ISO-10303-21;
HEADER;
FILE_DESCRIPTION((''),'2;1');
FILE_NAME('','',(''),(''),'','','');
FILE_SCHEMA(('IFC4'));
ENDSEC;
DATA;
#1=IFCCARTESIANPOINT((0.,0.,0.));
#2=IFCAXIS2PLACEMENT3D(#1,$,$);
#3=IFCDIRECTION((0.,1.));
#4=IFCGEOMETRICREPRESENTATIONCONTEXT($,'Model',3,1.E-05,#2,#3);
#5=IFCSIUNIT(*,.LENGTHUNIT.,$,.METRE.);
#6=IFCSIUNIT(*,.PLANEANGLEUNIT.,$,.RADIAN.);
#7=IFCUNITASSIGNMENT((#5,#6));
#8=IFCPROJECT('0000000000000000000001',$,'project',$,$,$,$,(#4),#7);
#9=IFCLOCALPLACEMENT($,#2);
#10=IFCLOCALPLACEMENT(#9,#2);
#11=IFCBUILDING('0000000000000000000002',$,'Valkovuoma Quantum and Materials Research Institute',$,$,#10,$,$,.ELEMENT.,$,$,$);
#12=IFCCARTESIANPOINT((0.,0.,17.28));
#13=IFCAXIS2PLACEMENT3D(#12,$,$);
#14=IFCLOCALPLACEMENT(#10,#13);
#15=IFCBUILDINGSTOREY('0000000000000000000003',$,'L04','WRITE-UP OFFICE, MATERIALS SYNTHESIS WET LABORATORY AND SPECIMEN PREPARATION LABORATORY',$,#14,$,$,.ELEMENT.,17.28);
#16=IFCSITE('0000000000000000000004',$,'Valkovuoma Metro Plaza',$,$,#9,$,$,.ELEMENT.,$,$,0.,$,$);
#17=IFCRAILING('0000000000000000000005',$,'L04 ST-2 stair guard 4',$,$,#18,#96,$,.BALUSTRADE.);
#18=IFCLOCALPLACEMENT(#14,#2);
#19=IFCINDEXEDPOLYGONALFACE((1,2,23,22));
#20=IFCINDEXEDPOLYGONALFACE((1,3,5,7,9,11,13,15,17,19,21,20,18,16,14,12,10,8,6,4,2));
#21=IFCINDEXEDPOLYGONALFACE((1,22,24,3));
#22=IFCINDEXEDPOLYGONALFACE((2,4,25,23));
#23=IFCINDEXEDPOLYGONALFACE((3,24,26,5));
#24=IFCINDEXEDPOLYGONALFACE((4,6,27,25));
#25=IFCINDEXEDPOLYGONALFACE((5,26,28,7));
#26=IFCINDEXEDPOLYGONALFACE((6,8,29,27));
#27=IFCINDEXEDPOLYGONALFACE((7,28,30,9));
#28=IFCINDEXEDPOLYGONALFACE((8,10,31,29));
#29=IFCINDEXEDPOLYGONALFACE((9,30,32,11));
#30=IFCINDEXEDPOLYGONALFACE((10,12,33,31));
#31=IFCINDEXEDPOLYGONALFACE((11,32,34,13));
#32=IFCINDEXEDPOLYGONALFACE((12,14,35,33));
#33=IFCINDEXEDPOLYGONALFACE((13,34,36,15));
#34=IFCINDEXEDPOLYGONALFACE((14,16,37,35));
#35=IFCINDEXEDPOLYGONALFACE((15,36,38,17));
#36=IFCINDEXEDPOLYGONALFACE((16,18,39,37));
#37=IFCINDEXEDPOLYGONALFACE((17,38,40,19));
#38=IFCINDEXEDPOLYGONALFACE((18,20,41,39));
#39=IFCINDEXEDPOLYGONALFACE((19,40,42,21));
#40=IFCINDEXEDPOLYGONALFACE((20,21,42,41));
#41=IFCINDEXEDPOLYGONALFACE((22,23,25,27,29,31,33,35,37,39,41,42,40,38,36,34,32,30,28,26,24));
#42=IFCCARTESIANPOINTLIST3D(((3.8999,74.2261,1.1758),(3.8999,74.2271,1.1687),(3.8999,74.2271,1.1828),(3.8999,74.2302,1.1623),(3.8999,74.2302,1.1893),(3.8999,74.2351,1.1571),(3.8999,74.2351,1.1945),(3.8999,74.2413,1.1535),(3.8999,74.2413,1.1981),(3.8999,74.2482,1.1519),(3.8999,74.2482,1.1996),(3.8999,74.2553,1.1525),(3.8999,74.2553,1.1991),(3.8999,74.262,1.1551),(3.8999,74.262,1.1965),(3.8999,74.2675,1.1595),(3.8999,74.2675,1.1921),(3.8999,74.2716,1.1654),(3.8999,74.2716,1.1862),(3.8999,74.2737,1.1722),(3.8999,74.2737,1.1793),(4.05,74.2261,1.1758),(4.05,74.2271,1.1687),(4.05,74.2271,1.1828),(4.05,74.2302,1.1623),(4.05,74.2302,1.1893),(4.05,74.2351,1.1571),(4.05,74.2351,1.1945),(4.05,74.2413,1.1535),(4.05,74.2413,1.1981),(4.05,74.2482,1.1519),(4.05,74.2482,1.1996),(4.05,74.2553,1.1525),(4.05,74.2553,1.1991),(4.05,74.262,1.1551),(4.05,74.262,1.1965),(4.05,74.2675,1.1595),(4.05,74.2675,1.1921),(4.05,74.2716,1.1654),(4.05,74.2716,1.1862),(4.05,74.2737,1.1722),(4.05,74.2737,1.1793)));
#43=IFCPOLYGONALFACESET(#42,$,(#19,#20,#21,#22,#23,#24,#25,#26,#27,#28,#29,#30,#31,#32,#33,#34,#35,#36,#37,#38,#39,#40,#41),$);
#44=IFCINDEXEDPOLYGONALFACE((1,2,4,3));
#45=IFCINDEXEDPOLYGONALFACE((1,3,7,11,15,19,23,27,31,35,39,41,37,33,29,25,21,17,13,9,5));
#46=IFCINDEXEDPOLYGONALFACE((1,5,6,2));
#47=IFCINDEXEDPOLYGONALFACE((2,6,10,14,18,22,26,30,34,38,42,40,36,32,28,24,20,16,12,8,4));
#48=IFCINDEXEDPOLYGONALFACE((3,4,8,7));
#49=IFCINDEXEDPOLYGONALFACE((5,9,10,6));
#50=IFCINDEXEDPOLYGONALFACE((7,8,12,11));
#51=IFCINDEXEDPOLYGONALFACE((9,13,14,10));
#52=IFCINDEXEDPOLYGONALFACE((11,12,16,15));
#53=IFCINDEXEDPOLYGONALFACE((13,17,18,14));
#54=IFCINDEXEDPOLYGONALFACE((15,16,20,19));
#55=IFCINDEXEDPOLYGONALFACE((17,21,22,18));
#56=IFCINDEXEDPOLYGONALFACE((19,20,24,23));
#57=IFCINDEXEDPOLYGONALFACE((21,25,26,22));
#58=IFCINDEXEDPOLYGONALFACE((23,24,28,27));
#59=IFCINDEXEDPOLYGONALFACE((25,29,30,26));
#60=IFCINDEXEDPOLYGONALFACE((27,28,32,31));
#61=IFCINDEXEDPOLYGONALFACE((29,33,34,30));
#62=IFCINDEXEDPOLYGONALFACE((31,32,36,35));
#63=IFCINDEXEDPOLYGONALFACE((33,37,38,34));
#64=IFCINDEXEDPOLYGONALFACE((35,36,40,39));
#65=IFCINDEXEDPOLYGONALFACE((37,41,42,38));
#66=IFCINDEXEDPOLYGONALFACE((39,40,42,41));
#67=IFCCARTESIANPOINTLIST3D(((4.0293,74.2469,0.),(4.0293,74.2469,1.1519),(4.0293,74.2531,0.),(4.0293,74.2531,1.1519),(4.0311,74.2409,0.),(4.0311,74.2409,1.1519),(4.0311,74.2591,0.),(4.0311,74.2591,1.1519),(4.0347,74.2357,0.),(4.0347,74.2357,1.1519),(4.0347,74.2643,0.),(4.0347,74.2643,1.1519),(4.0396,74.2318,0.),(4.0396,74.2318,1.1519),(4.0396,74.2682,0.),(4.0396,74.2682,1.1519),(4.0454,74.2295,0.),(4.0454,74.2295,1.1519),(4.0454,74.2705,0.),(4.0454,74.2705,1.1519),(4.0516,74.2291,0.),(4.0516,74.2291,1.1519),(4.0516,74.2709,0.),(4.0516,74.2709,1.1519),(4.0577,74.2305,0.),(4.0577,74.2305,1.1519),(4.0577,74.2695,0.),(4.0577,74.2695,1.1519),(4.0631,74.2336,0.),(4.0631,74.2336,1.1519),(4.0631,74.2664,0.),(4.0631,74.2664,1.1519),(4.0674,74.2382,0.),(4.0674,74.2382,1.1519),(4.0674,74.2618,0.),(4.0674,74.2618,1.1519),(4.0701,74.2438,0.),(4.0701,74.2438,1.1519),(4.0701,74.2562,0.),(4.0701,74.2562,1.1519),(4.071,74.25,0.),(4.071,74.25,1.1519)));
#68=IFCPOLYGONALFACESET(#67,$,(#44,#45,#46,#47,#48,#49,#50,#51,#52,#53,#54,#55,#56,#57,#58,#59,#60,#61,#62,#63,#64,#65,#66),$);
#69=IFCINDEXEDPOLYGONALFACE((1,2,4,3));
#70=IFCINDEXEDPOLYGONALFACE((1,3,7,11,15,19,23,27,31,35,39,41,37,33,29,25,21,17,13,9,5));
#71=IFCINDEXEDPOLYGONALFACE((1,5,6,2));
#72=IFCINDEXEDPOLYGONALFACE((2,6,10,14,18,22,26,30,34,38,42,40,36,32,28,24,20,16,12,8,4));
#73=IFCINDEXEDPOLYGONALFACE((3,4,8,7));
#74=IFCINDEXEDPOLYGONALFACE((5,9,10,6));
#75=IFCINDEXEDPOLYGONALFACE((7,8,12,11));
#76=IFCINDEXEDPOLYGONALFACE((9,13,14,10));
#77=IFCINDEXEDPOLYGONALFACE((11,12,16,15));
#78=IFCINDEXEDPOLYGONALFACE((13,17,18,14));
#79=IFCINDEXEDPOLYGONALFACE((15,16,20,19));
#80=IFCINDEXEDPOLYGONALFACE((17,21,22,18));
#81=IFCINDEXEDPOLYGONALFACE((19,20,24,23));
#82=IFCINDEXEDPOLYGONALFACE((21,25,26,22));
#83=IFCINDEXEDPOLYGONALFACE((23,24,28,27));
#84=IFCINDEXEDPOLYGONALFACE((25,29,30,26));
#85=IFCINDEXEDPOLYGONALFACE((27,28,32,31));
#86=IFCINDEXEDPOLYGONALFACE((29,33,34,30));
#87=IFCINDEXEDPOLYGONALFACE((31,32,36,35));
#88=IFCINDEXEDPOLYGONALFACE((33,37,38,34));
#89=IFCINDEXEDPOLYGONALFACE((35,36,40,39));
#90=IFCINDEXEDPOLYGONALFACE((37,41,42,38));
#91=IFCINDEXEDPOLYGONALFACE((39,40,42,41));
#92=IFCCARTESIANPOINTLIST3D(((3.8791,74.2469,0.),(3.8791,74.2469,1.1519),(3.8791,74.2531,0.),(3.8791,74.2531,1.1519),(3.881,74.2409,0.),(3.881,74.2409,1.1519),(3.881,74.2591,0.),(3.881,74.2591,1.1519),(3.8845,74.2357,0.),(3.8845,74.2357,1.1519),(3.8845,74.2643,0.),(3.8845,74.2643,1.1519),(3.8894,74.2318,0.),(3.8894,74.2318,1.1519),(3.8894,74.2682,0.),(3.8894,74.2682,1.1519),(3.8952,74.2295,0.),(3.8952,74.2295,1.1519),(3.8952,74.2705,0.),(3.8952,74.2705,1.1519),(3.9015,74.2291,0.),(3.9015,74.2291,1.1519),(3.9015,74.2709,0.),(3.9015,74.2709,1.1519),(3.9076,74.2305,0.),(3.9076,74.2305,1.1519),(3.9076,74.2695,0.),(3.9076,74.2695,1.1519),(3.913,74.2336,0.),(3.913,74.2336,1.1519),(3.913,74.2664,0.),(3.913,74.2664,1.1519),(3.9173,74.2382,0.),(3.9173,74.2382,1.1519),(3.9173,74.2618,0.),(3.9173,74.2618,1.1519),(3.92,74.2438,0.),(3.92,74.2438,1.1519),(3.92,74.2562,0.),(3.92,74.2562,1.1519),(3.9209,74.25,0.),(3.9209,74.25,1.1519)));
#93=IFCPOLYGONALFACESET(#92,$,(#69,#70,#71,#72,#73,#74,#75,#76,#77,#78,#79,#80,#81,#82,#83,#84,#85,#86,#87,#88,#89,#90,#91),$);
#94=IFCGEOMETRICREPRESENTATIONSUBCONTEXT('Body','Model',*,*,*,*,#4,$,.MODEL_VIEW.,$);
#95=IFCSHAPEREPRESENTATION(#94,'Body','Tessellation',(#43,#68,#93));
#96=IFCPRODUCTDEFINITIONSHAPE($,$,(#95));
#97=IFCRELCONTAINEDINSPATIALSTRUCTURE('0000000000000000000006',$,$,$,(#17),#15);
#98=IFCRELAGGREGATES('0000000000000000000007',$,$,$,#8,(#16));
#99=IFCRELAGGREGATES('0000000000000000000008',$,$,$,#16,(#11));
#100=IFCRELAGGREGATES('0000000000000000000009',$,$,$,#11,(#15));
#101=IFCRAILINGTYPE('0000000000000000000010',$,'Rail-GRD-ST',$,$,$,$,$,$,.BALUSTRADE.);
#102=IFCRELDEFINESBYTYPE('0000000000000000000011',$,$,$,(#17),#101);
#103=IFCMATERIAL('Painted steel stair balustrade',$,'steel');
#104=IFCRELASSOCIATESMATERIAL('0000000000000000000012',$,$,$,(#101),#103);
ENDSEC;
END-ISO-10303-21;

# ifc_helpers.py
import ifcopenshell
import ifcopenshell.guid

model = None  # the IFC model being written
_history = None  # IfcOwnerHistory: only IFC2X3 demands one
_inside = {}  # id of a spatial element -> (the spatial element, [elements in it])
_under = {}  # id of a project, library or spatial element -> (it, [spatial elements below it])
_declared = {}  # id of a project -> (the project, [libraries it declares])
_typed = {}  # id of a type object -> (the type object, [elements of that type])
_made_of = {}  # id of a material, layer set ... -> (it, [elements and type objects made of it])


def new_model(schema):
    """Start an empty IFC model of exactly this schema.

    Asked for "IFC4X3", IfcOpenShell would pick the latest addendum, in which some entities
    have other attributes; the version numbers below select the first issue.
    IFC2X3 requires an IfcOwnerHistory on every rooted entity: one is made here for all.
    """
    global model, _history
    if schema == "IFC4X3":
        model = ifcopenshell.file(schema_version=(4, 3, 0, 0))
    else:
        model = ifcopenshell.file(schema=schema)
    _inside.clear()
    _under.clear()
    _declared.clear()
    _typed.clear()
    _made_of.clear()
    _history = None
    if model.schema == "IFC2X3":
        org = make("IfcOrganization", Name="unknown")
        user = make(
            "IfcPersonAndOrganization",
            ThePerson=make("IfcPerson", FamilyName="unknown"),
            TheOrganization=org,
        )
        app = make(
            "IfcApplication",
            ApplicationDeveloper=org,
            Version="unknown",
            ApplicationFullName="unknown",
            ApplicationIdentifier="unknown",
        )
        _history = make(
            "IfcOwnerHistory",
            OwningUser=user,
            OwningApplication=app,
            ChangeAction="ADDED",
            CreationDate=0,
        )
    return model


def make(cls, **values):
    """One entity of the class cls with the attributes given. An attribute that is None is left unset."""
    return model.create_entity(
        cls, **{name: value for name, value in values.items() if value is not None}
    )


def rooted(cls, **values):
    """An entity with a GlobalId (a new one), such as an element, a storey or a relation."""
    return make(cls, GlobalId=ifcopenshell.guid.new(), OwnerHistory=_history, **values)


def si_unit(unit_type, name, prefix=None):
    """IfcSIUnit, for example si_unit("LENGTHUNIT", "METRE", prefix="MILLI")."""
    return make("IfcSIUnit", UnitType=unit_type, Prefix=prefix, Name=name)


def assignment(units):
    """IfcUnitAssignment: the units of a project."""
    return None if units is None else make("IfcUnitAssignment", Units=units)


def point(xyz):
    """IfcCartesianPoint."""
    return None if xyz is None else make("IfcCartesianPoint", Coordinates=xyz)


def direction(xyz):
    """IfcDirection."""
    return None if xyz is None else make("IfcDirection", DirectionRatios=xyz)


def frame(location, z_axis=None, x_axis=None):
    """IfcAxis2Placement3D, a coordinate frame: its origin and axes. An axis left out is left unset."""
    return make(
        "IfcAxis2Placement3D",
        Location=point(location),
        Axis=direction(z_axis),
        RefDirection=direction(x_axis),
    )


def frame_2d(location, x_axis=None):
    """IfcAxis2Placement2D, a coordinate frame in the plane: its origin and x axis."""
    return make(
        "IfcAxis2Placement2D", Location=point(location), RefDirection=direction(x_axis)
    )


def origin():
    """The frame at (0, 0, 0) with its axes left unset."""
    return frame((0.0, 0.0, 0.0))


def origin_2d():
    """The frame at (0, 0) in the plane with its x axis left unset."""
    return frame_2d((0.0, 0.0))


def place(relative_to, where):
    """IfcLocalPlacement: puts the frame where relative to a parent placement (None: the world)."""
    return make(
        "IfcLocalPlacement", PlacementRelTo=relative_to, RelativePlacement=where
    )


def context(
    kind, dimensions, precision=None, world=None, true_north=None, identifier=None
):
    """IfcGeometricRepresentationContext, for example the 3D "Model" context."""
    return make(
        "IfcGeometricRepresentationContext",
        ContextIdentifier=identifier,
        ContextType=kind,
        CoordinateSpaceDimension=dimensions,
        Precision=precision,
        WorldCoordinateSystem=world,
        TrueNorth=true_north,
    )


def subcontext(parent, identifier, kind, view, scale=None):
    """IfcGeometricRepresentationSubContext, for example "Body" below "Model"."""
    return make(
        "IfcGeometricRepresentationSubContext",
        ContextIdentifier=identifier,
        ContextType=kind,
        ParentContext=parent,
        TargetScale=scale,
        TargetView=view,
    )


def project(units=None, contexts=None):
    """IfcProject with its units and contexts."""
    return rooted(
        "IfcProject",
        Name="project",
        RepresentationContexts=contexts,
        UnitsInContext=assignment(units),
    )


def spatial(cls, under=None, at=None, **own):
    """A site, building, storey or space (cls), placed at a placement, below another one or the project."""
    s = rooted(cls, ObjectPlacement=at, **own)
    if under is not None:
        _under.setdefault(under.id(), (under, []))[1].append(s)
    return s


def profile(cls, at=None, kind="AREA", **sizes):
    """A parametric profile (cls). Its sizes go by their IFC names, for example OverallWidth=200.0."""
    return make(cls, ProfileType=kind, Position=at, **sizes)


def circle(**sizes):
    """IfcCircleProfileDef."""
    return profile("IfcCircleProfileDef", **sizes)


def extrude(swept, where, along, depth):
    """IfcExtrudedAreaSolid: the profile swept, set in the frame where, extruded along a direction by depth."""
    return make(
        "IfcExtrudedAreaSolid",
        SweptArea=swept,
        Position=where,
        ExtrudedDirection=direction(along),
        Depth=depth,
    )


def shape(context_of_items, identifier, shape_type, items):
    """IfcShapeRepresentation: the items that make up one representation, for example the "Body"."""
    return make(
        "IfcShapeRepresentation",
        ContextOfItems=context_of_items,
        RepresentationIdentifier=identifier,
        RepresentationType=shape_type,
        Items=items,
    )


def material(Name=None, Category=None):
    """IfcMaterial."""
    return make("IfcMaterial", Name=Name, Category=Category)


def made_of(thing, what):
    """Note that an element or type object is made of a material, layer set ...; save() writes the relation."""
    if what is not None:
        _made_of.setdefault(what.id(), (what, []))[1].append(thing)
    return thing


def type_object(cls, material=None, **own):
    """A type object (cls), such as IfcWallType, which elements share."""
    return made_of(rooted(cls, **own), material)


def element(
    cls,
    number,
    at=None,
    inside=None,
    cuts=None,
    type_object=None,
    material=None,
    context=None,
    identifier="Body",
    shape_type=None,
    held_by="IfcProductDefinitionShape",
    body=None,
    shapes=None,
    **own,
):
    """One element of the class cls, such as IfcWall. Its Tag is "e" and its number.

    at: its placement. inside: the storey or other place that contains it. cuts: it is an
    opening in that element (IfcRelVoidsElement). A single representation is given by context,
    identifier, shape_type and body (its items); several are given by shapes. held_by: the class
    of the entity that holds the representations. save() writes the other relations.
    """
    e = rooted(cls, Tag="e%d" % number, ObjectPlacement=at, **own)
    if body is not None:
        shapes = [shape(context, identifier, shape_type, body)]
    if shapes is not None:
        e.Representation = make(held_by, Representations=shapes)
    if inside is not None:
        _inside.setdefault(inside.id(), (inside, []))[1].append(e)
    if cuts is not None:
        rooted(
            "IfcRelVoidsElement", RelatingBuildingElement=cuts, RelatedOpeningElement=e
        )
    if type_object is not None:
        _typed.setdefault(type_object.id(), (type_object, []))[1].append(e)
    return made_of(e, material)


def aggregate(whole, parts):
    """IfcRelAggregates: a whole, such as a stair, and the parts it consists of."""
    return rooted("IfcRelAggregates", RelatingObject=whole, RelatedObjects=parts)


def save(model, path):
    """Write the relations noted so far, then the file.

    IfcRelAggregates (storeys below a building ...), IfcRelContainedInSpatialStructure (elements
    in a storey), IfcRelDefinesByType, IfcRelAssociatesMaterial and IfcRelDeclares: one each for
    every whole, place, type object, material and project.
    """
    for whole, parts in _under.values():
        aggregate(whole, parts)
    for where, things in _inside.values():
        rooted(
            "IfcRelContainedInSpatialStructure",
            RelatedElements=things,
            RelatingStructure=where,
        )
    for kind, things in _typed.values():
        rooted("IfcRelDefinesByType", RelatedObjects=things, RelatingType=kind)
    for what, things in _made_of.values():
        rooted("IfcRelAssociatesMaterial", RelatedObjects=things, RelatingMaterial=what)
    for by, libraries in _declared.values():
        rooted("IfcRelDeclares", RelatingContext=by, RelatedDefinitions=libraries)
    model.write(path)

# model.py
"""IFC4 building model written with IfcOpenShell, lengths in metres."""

from ifc_helpers import new_model, si_unit, direction, frame, origin, origin_2d, place, context, subcontext, project, spatial, circle, extrude, material, type_object, element, save


model = new_model("IFC4")

# Units and contexts
model_context = context("Model", 3, precision=1e-05, world=origin(), true_north=direction((0.0, 1.0)))
body_context = subcontext(model_context, "Body", "Model", "MODEL_VIEW")
ifc_project = project(units=[si_unit("LENGTHUNIT", "METRE"), si_unit("PLANEANGLEUNIT", "RADIAN")], contexts=[model_context])

# Site, building, storey
site_placement = place(None, origin())
site = spatial("IfcSite", under=ifc_project, at=site_placement, Name="Valkovuoma Metro Plaza", CompositionType="ELEMENT", RefElevation=0.0)
building_placement = place(site_placement, origin())
building = spatial("IfcBuilding", under=site, at=building_placement, Name="Valkovuoma Quantum and Materials Research Institute", CompositionType="ELEMENT")
storey_placement = place(building_placement, frame((0.0, 0.0, 17.28)))
storey = spatial("IfcBuildingStorey", under=building, at=storey_placement, Name="L04", Description="WRITE-UP OFFICE, MATERIALS SYNTHESIS WET LABORATORY AND SPECIMEN PREPARATION LABORATORY", CompositionType="ELEMENT", Elevation=17.28)

# Railing
ifc_material_1 = material(Name="Painted steel stair balustrade", Category="steel")
railing_type_1 = type_object("IfcRailingType", Name="Rail-GRD-ST", PredefinedType="BALUSTRADE", material=ifc_material_1)
railing_1_placement = place(storey_placement, frame((4.05, 74.25, 0.0)))
element("IfcRailing", 1, at=railing_1_placement, inside=storey, type_object=railing_type_1, Name="L04 ST-2 stair guard 4", PredefinedType="BALUSTRADE", context=body_context, shape_type="SweptSolid", body=[
    extrude(circle(Radius=0.0239, at=origin_2d()), frame((0.0, 0.0, 1.1758), z_axis=(-1.0, 0.0, 0.0), x_axis=(0.0, -1.0, 0.0)), (0.0, 0.0, 1.0), 0.1501),
    extrude(circle(Radius=0.021, at=origin_2d()), origin(), (0.0, 0.0, 1.0), 1.1519),
    extrude(circle(Radius=0.021, at=origin_2d()), frame((-0.1501, 0.0, 0.0)), (0.0, 0.0, 1.0), 1.1519),
])

save(model, "model.ifc")
